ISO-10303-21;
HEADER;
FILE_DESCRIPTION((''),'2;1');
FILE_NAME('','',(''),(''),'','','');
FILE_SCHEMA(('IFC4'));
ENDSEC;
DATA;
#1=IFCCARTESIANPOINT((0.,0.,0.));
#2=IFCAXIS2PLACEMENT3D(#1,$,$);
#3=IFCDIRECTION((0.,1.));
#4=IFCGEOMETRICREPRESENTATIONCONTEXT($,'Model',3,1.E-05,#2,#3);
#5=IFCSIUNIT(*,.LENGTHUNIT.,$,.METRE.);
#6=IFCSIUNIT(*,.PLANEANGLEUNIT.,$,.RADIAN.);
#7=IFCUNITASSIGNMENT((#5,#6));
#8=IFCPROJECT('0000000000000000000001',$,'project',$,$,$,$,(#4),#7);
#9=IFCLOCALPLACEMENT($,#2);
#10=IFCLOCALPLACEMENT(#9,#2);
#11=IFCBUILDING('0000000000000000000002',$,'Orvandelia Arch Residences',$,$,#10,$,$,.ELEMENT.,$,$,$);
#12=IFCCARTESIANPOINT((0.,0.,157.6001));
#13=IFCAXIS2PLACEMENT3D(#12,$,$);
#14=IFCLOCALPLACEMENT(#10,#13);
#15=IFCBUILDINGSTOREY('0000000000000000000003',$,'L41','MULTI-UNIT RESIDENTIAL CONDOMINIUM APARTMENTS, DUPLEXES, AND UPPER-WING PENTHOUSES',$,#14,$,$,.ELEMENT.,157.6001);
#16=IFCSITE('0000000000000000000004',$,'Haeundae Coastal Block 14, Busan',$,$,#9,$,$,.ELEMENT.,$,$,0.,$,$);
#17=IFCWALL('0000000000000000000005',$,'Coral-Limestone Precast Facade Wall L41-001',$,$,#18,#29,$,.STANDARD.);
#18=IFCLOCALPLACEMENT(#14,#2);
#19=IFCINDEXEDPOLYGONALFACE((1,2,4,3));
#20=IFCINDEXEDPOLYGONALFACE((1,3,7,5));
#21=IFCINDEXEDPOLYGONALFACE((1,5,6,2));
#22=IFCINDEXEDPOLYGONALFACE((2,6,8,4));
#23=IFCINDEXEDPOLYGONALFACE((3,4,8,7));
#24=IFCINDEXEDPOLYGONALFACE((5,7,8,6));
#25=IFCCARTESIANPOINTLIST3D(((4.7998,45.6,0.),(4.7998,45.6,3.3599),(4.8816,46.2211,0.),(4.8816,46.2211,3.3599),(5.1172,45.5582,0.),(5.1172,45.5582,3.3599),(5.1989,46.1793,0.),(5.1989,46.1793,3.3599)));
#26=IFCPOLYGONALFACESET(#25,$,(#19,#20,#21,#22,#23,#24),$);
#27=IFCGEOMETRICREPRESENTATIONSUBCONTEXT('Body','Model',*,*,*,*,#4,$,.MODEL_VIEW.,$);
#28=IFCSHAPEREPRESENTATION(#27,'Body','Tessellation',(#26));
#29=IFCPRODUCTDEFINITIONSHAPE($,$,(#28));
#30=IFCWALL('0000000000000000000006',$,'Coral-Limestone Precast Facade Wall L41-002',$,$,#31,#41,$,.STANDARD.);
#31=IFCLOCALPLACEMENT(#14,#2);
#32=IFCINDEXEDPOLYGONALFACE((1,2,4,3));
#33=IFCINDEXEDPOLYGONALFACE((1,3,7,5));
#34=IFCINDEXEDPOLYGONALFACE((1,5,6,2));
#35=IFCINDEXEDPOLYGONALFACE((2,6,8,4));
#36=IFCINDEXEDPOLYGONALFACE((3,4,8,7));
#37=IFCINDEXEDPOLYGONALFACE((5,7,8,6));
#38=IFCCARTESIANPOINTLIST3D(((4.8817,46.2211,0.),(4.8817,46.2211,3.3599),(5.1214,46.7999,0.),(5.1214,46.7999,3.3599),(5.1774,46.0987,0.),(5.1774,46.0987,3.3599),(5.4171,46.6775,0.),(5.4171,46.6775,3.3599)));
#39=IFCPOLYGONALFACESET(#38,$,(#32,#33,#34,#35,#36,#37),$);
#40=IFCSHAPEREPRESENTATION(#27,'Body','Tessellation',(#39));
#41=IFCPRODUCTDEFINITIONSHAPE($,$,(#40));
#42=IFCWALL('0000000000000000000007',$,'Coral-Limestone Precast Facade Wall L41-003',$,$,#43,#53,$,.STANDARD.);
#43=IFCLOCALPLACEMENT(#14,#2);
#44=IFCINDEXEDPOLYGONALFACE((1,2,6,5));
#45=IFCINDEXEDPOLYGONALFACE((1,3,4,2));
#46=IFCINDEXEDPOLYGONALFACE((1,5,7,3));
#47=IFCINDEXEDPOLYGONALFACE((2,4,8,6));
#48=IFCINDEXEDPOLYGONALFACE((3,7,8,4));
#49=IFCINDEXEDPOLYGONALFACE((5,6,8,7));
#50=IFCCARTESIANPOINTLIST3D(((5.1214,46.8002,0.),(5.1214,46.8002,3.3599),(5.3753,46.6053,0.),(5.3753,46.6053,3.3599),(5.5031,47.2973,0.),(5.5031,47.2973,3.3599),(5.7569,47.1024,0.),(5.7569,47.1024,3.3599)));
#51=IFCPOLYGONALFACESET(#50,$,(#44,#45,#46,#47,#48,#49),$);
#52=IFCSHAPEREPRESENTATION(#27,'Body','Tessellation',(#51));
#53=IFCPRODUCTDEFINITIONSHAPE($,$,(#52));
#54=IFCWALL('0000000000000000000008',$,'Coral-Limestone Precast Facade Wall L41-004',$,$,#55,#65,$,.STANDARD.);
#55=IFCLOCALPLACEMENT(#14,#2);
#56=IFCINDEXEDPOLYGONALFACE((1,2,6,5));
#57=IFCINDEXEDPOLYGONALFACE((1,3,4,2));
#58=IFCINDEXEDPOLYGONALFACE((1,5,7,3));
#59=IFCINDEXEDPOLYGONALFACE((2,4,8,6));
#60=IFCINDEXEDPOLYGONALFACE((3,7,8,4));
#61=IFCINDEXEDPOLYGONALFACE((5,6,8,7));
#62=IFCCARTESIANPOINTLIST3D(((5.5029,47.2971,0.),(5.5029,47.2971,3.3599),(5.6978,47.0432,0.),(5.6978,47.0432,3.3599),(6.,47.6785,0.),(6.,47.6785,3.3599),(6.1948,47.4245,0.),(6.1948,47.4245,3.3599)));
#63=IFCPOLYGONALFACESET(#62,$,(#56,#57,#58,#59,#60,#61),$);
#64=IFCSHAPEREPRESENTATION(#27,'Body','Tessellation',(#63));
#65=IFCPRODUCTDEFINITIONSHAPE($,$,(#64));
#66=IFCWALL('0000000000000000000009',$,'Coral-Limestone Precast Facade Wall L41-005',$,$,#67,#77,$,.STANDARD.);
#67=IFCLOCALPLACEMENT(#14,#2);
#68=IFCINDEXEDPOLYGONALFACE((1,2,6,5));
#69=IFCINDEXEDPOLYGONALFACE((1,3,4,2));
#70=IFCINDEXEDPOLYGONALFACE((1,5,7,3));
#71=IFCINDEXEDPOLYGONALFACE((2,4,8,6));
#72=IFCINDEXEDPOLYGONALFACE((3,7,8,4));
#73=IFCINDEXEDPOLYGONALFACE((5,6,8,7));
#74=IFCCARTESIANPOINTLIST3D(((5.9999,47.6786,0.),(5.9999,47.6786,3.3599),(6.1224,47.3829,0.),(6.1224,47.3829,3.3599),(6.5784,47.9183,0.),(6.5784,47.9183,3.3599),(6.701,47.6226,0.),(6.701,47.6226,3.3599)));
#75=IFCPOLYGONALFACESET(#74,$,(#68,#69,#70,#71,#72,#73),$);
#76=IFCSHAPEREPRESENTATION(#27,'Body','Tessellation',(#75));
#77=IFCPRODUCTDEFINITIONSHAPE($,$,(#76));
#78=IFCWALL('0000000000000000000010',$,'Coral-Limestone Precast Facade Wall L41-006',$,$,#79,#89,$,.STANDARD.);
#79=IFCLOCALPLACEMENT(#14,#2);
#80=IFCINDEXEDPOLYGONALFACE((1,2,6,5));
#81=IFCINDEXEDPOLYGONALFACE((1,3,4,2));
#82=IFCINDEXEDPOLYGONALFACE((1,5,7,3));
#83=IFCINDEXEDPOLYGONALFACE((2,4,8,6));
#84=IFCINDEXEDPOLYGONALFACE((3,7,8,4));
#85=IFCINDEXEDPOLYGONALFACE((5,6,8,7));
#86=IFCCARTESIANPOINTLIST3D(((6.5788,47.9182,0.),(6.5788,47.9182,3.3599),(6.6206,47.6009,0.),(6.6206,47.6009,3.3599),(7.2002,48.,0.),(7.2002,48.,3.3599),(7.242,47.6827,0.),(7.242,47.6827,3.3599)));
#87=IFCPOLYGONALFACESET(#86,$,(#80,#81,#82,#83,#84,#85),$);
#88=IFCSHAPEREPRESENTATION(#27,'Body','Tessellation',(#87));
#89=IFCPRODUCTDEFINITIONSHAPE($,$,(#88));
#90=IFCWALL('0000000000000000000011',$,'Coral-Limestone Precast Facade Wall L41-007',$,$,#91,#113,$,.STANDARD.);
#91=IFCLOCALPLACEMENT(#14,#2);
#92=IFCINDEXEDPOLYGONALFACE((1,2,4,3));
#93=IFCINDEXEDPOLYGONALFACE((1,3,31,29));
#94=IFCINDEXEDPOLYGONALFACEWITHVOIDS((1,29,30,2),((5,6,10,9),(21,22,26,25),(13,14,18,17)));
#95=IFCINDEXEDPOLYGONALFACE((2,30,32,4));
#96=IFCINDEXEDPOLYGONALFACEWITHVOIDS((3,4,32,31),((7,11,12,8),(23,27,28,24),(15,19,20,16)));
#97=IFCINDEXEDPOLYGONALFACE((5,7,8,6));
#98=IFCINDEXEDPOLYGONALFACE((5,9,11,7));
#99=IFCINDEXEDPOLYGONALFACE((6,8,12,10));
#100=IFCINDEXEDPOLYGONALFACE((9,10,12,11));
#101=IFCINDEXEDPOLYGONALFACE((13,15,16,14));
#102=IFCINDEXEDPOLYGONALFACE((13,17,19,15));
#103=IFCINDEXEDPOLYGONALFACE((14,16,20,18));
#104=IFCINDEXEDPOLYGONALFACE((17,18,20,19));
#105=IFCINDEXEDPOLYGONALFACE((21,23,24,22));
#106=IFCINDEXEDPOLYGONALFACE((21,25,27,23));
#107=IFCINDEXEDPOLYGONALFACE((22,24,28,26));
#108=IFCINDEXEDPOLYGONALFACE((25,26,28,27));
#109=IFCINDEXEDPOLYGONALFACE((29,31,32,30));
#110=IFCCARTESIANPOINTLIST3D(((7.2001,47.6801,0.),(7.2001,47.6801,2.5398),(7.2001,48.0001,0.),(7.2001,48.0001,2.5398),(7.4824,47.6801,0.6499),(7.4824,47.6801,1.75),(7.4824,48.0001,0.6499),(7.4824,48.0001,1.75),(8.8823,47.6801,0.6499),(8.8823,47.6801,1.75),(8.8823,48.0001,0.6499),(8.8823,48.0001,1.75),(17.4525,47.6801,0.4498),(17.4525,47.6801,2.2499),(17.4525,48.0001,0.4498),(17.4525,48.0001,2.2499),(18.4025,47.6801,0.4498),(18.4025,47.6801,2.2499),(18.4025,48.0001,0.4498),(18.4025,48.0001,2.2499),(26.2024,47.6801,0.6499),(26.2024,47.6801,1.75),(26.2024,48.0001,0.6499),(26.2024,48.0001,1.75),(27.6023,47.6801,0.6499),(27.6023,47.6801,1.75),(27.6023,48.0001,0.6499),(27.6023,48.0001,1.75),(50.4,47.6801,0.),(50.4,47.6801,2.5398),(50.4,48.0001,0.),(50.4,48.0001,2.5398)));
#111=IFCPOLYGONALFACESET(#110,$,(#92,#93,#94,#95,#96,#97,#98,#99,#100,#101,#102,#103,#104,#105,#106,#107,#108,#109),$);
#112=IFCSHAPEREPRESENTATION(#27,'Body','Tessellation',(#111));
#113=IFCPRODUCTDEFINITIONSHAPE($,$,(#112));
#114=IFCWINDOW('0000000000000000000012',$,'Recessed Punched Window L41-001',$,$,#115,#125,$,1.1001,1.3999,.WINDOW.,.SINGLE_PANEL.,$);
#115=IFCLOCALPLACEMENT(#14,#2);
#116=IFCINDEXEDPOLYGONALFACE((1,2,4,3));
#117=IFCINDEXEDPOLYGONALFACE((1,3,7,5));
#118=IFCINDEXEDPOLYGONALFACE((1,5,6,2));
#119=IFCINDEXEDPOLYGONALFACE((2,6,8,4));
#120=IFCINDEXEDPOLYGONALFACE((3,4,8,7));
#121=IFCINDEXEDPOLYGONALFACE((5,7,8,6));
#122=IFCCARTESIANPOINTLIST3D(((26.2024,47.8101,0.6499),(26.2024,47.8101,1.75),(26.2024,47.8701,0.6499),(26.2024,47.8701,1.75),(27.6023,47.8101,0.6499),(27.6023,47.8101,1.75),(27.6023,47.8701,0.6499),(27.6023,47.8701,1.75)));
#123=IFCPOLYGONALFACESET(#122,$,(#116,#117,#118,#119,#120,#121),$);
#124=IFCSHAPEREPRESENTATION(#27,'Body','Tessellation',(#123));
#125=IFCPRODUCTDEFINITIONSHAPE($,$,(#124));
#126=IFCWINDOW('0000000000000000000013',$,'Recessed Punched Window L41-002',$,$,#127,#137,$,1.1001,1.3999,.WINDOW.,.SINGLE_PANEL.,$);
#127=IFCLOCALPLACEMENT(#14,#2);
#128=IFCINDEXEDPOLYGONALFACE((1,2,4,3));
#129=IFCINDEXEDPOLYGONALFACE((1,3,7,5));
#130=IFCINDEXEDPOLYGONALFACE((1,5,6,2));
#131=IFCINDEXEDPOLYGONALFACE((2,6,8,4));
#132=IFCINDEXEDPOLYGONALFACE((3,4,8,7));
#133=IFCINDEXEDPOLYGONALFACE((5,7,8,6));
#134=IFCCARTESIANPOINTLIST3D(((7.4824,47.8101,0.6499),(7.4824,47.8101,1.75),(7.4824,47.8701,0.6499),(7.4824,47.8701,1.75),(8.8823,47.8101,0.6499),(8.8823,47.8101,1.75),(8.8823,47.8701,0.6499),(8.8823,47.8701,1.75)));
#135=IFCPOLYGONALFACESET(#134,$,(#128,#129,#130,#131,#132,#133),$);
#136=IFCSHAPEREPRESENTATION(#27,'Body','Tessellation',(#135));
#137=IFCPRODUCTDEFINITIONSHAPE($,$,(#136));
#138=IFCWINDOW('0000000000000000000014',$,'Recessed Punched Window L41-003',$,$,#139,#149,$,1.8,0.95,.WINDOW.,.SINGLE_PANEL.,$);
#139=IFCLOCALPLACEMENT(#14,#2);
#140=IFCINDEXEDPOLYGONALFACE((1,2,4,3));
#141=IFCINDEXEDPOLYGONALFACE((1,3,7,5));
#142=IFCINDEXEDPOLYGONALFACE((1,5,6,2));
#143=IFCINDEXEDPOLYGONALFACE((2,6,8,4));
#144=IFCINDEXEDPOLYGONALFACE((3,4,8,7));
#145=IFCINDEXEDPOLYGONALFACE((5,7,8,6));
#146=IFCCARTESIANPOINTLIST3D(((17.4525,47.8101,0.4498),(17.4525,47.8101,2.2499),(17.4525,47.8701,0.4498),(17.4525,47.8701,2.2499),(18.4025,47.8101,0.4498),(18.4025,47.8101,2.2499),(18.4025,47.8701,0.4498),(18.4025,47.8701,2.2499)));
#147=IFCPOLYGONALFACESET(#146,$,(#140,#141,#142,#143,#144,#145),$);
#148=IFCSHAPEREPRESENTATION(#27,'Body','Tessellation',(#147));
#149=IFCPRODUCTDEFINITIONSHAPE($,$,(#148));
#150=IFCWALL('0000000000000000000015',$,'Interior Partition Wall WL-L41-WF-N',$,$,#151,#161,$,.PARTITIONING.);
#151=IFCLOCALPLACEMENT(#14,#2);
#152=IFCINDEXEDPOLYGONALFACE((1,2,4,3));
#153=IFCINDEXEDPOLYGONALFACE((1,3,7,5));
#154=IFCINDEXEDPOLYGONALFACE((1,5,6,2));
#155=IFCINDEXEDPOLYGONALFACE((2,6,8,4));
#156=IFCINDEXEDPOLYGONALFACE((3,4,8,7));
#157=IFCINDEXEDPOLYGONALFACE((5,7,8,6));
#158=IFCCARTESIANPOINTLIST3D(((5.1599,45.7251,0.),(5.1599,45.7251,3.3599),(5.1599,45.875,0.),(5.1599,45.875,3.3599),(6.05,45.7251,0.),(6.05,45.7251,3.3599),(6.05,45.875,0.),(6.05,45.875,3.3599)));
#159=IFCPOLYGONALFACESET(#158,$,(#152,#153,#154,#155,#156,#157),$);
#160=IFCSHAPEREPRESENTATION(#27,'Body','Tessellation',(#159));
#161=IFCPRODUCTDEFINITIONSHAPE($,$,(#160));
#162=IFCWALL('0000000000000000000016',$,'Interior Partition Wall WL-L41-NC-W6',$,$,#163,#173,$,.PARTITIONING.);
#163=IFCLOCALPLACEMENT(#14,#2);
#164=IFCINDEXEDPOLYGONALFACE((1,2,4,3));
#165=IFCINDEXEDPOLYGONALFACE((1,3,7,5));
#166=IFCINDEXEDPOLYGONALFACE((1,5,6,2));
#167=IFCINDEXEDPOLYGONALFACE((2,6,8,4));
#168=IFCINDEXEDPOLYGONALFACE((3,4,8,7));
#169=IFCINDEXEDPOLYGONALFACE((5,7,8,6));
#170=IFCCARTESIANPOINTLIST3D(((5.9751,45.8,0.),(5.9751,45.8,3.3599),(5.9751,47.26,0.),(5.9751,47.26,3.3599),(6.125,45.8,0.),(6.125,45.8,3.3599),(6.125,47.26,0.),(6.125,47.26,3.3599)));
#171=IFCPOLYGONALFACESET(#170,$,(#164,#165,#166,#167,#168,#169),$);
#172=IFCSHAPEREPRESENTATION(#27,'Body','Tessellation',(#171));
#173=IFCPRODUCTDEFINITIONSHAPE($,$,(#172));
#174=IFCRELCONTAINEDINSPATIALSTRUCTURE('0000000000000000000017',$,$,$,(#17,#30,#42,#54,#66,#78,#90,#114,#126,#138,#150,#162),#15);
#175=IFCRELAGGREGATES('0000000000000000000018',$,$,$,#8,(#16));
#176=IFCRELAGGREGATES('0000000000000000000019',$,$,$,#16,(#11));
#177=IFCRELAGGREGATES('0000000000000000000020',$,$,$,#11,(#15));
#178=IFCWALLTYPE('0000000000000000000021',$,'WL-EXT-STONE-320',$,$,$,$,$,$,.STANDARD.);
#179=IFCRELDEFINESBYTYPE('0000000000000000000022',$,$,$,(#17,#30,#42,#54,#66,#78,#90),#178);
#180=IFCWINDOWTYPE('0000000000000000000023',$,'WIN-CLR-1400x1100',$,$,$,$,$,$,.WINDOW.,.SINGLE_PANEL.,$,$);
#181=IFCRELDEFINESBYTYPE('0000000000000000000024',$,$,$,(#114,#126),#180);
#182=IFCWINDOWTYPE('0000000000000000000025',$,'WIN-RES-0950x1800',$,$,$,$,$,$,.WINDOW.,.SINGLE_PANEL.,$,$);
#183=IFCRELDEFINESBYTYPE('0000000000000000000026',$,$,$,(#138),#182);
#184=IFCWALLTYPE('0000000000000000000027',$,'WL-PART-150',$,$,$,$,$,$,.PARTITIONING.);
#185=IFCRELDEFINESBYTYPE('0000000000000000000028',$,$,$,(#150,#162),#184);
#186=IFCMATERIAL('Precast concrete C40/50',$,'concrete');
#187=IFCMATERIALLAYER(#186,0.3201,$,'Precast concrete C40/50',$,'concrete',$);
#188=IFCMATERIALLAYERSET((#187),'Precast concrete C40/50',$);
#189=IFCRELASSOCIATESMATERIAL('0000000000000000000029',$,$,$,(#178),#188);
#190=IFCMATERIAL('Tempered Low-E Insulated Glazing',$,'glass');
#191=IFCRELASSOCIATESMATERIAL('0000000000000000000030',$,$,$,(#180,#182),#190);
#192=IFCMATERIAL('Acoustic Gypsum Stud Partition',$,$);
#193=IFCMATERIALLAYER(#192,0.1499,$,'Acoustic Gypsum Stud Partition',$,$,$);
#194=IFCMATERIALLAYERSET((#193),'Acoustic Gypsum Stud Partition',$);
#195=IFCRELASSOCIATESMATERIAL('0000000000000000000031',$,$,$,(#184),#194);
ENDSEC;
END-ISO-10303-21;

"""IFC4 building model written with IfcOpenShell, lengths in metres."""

from ifc_helpers import new_model, si_unit, direction, frame, frame_2d, origin, place, context, subcontext, project, spatial, rectangle, extrude, material, layer, layer_set, type_object, element, fill, save


model = new_model("IFC4")

# Units and contexts
model_context = context("Model", 3, precision=1e-05, world=origin(), true_north=direction((0.0, 1.0)))
body_context = subcontext(model_context, "Body", "Model", "MODEL_VIEW")
ifc_project = project(units=[si_unit("LENGTHUNIT", "METRE"), si_unit("PLANEANGLEUNIT", "RADIAN")], contexts=[model_context])

# Site, building, storey
site_placement = place(None, origin())
site = spatial("IfcSite", under=ifc_project, at=site_placement, Name="Haeundae Coastal Block 14, Busan", CompositionType="ELEMENT", RefElevation=0.0)
building_placement = place(site_placement, origin())
building = spatial("IfcBuilding", under=site, at=building_placement, Name="Orvandelia Arch Residences", CompositionType="ELEMENT")
storey_placement = place(building_placement, frame((0.0, 0.0, 157.6001)))
storey = spatial("IfcBuildingStorey", under=building, at=storey_placement, Name="L41", Description="MULTI-UNIT RESIDENTIAL CONDOMINIUM APARTMENTS, DUPLEXES, AND UPPER-WING PENTHOUSES", CompositionType="ELEMENT", Elevation=157.6001)

# Walls
ifc_material_1 = material(Name="Precast concrete C40/50", Category="concrete")
ifc_layer_1 = layer(ifc_material_1, 0.3201, Name="Precast concrete C40/50", Category="concrete")
ifc_layer_set_1 = layer_set([ifc_layer_1], Name="Precast concrete C40/50")
wall_type_1 = type_object("IfcWallType", Name="WL-EXT-STONE-320", PredefinedType="STANDARD", material=ifc_layer_set_1)
for number, where, z_axis, x_axis, name in (
    (1, (4.9585, 45.5791, 0.0), (0.0, 0.0, 1.0), (0.130555, 0.991441, 0.0), "Coral-Limestone Precast Facade Wall L41-001"),
    (2, (5.0295, 46.1599, 0.0), (0.0, 0.0, 1.0), (0.38265, 0.923893, 0.0), "Coral-Limestone Precast Facade Wall L41-002"),
):
    element("IfcWall", number, at=place(storey_placement, frame(where, z_axis=z_axis, x_axis=x_axis)), inside=storey, type_object=wall_type_1, Name=name, PredefinedType="STANDARD", context=body_context, shape_type="SweptSolid", body=[
        extrude(rectangle(XDim=0.6265, YDim=0.3201, at=frame_2d((0.3132, 0.0))), origin(), (0.0, 0.0, 1.0), 3.3599),
    ])
wall_1_placement = place(storey_placement, frame((5.2483, 46.7026, 0.0), z_axis=(0.0, 0.0, 1.0), x_axis=(0.608939, 0.793217, 0.0)))
element("IfcWall", 3, at=wall_1_placement, inside=storey, type_object=wall_type_1, Name="Coral-Limestone Precast Facade Wall L41-003", PredefinedType="STANDARD", context=body_context, shape_type="SweptSolid", body=[
    extrude(rectangle(XDim=0.6267, YDim=0.3201, at=frame_2d((0.3135, 0.0))), origin(), (0.0, 0.0, 1.0), 3.3599),
])
wall_2_placement = place(storey_placement, frame((5.6003, 47.1702, 0.0), z_axis=(0.0, 0.0, 1.0), x_axis=(0.793406, 0.608693, 0.0)))
element("IfcWall", 4, at=wall_2_placement, inside=storey, type_object=wall_type_1, Name="Coral-Limestone Precast Facade Wall L41-004", PredefinedType="STANDARD", context=body_context, shape_type="SweptSolid", body=[
    extrude(rectangle(XDim=0.6265, YDim=0.3201, at=frame_2d((0.3132, 0.0))), origin(), (0.0, 0.0, 1.0), 3.3599),
])
wall_3_placement = place(storey_placement, frame((6.0613, 47.5308, 0.0), z_axis=(0.0, 0.0, 1.0), x_axis=(0.923836, 0.382788, 0.0)))
element("IfcWall", 5, at=wall_3_placement, inside=storey, type_object=wall_type_1, Name="Coral-Limestone Precast Facade Wall L41-005", PredefinedType="STANDARD", context=body_context, shape_type="SweptSolid", body=[
    extrude(rectangle(XDim=0.6262, YDim=0.3201, at=frame_2d((0.313, 0.0))), origin(), (0.0, 0.0, 1.0), 3.3599),
])
wall_4_placement = place(storey_placement, frame((6.5996, 47.7595, 0.0), z_axis=(0.0, 0.0, 1.0), x_axis=(0.991448, 0.130505, 0.0)))
element("IfcWall", 6, at=wall_4_placement, inside=storey, type_object=wall_type_1, Name="Coral-Limestone Precast Facade Wall L41-006", PredefinedType="STANDARD", context=body_context, shape_type="SweptSolid", body=[
    extrude(rectangle(XDim=0.6267, YDim=0.3201, at=frame_2d((0.3135, 0.0))), origin(), (0.0, 0.0, 1.0), 3.3599),
])

# Wall, openings, windows
wall_5_placement = place(storey_placement, frame((7.2, 47.8401, 0.0), z_axis=(0.0, 0.0, 1.0), x_axis=(1.0, 0.0, 0.0)))
wall_5 = element("IfcWall", 7, at=wall_5_placement, inside=storey, type_object=wall_type_1, Name="Coral-Limestone Precast Facade Wall L41-007", PredefinedType="STANDARD", context=body_context, shape_type="SweptSolid", body=[
    extrude(rectangle(XDim=43.2, YDim=0.3201, at=frame_2d((21.6001, 0.0))), origin(), (0.0, 0.0, 1.0), 2.5398),
])
opening_1_placement = place(wall_5_placement, frame((19.0024, 0.0, 0.6499)))
opening_1 = element("IfcOpeningElement", 8, at=opening_1_placement, cuts=wall_5, PredefinedType="OPENING", context=body_context, shape_type="SweptSolid", body=[
    extrude(rectangle(XDim=1.3999, YDim=1.1001, at=frame_2d((0.7, 0.55))), frame((0.0, 0.1699, 0.0), z_axis=(0.0, -1.0, 0.0), x_axis=(1.0, 0.0, 0.0)), (0.0, 0.0, 1.0), 0.3401),
])
opening_2_placement = place(wall_5_placement, frame((0.2825, 0.0, 0.6499)))
opening_2 = element("IfcOpeningElement", 9, at=opening_2_placement, cuts=wall_5, PredefinedType="OPENING", context=body_context, shape_type="SweptSolid", body=[
    extrude(rectangle(XDim=1.3999, YDim=1.1001, at=frame_2d((0.7, 0.55))), frame((0.0, 0.1699, 0.0), z_axis=(0.0, -1.0, 0.0), x_axis=(1.0, 0.0, 0.0)), (0.0, 0.0, 1.0), 0.3401),
])
opening_3_placement = place(wall_5_placement, frame((10.2524, 0.0, 0.45)))
opening_3 = element("IfcOpeningElement", 10, at=opening_3_placement, cuts=wall_5, PredefinedType="OPENING", context=body_context, shape_type="SweptSolid", body=[
    extrude(rectangle(XDim=0.95, YDim=1.8, at=frame_2d((0.4751, 0.8999))), frame((0.0, 0.1699, 0.0), z_axis=(0.0, -1.0, 0.0), x_axis=(1.0, 0.0, 0.0)), (0.0, 0.0, 1.0), 0.3401),
])
ifc_material_2 = material(Name="Tempered Low-E Insulated Glazing", Category="glass")
window_type_1 = type_object("IfcWindowType", Name="WIN-CLR-1400x1100", PartitioningType="SINGLE_PANEL", PredefinedType="WINDOW", material=ifc_material_2)
window_1_placement = place(opening_1_placement, origin())
window_1 = element("IfcWindow", 11, at=window_1_placement, inside=storey, type_object=window_type_1, Name="Recessed Punched Window L41-001", OverallHeight=1.1001, OverallWidth=1.3999, PartitioningType="SINGLE_PANEL", PredefinedType="WINDOW", context=body_context, shape_type="SweptSolid", body=[
    extrude(rectangle(XDim=1.3999, YDim=1.1001, at=frame_2d((0.7, 0.55))), frame((0.0, 0.03, 0.0), z_axis=(0.0, -1.0, 0.0), x_axis=(1.0, 0.0, 0.0)), (0.0, 0.0, 1.0), 0.0601),
])
fill(opening_1, window_1)
window_2_placement = place(opening_2_placement, origin())
window_2 = element("IfcWindow", 12, at=window_2_placement, inside=storey, type_object=window_type_1, Name="Recessed Punched Window L41-002", OverallHeight=1.1001, OverallWidth=1.3999, PartitioningType="SINGLE_PANEL", PredefinedType="WINDOW", context=body_context, shape_type="SweptSolid", body=[
    extrude(rectangle(XDim=1.3999, YDim=1.1001, at=frame_2d((0.7, 0.55))), frame((0.0, 0.03, 0.0), z_axis=(0.0, -1.0, 0.0), x_axis=(1.0, 0.0, 0.0)), (0.0, 0.0, 1.0), 0.0601),
])
fill(opening_2, window_2)
window_type_2 = type_object("IfcWindowType", Name="WIN-RES-0950x1800", PartitioningType="SINGLE_PANEL", PredefinedType="WINDOW", material=ifc_material_2)
window_3_placement = place(opening_3_placement, origin())
window_3 = element("IfcWindow", 13, at=window_3_placement, inside=storey, type_object=window_type_2, Name="Recessed Punched Window L41-003", OverallHeight=1.8, OverallWidth=0.95, PartitioningType="SINGLE_PANEL", PredefinedType="WINDOW", context=body_context, shape_type="SweptSolid", body=[
    extrude(rectangle(XDim=0.95, YDim=1.8, at=frame_2d((0.4751, 0.8999))), frame((0.0, 0.03, 0.0), z_axis=(0.0, -1.0, 0.0), x_axis=(1.0, 0.0, 0.0)), (0.0, 0.0, 1.0), 0.0601),
])
fill(opening_3, window_3)

# Walls
ifc_material_3 = material(Name="Acoustic Gypsum Stud Partition")
ifc_layer_2 = layer(ifc_material_3, 0.1499, Name="Acoustic Gypsum Stud Partition")
ifc_layer_set_2 = layer_set([ifc_layer_2], Name="Acoustic Gypsum Stud Partition")
wall_type_2 = type_object("IfcWallType", Name="WL-PART-150", PredefinedType="PARTITIONING", material=ifc_layer_set_2)
wall_6_placement = place(storey_placement, frame((5.1599, 45.8, 0.0), z_axis=(0.0, 0.0, 1.0), x_axis=(1.0, 0.0, 0.0)))
element("IfcWall", 14, at=wall_6_placement, inside=storey, type_object=wall_type_2, Name="Interior Partition Wall WL-L41-WF-N", PredefinedType="PARTITIONING", context=body_context, shape_type="SweptSolid", body=[
    extrude(rectangle(XDim=0.8901, YDim=0.1499, at=frame_2d((0.4451, 0.0))), origin(), (0.0, 0.0, 1.0), 3.3599),
])
wall_7_placement = place(storey_placement, frame((6.05, 45.8, 0.0), z_axis=(0.0, 0.0, 1.0), x_axis=(0.0, 1.0, 0.0)))
element("IfcWall", 15, at=wall_7_placement, inside=storey, type_object=wall_type_2, Name="Interior Partition Wall WL-L41-NC-W6", PredefinedType="PARTITIONING", context=body_context, shape_type="SweptSolid", body=[
    extrude(rectangle(XDim=1.46, YDim=0.1499, at=frame_2d((0.73, 0.0))), origin(), (0.0, 0.0, 1.0), 3.3599),
])

save(model, "model.ifc")
